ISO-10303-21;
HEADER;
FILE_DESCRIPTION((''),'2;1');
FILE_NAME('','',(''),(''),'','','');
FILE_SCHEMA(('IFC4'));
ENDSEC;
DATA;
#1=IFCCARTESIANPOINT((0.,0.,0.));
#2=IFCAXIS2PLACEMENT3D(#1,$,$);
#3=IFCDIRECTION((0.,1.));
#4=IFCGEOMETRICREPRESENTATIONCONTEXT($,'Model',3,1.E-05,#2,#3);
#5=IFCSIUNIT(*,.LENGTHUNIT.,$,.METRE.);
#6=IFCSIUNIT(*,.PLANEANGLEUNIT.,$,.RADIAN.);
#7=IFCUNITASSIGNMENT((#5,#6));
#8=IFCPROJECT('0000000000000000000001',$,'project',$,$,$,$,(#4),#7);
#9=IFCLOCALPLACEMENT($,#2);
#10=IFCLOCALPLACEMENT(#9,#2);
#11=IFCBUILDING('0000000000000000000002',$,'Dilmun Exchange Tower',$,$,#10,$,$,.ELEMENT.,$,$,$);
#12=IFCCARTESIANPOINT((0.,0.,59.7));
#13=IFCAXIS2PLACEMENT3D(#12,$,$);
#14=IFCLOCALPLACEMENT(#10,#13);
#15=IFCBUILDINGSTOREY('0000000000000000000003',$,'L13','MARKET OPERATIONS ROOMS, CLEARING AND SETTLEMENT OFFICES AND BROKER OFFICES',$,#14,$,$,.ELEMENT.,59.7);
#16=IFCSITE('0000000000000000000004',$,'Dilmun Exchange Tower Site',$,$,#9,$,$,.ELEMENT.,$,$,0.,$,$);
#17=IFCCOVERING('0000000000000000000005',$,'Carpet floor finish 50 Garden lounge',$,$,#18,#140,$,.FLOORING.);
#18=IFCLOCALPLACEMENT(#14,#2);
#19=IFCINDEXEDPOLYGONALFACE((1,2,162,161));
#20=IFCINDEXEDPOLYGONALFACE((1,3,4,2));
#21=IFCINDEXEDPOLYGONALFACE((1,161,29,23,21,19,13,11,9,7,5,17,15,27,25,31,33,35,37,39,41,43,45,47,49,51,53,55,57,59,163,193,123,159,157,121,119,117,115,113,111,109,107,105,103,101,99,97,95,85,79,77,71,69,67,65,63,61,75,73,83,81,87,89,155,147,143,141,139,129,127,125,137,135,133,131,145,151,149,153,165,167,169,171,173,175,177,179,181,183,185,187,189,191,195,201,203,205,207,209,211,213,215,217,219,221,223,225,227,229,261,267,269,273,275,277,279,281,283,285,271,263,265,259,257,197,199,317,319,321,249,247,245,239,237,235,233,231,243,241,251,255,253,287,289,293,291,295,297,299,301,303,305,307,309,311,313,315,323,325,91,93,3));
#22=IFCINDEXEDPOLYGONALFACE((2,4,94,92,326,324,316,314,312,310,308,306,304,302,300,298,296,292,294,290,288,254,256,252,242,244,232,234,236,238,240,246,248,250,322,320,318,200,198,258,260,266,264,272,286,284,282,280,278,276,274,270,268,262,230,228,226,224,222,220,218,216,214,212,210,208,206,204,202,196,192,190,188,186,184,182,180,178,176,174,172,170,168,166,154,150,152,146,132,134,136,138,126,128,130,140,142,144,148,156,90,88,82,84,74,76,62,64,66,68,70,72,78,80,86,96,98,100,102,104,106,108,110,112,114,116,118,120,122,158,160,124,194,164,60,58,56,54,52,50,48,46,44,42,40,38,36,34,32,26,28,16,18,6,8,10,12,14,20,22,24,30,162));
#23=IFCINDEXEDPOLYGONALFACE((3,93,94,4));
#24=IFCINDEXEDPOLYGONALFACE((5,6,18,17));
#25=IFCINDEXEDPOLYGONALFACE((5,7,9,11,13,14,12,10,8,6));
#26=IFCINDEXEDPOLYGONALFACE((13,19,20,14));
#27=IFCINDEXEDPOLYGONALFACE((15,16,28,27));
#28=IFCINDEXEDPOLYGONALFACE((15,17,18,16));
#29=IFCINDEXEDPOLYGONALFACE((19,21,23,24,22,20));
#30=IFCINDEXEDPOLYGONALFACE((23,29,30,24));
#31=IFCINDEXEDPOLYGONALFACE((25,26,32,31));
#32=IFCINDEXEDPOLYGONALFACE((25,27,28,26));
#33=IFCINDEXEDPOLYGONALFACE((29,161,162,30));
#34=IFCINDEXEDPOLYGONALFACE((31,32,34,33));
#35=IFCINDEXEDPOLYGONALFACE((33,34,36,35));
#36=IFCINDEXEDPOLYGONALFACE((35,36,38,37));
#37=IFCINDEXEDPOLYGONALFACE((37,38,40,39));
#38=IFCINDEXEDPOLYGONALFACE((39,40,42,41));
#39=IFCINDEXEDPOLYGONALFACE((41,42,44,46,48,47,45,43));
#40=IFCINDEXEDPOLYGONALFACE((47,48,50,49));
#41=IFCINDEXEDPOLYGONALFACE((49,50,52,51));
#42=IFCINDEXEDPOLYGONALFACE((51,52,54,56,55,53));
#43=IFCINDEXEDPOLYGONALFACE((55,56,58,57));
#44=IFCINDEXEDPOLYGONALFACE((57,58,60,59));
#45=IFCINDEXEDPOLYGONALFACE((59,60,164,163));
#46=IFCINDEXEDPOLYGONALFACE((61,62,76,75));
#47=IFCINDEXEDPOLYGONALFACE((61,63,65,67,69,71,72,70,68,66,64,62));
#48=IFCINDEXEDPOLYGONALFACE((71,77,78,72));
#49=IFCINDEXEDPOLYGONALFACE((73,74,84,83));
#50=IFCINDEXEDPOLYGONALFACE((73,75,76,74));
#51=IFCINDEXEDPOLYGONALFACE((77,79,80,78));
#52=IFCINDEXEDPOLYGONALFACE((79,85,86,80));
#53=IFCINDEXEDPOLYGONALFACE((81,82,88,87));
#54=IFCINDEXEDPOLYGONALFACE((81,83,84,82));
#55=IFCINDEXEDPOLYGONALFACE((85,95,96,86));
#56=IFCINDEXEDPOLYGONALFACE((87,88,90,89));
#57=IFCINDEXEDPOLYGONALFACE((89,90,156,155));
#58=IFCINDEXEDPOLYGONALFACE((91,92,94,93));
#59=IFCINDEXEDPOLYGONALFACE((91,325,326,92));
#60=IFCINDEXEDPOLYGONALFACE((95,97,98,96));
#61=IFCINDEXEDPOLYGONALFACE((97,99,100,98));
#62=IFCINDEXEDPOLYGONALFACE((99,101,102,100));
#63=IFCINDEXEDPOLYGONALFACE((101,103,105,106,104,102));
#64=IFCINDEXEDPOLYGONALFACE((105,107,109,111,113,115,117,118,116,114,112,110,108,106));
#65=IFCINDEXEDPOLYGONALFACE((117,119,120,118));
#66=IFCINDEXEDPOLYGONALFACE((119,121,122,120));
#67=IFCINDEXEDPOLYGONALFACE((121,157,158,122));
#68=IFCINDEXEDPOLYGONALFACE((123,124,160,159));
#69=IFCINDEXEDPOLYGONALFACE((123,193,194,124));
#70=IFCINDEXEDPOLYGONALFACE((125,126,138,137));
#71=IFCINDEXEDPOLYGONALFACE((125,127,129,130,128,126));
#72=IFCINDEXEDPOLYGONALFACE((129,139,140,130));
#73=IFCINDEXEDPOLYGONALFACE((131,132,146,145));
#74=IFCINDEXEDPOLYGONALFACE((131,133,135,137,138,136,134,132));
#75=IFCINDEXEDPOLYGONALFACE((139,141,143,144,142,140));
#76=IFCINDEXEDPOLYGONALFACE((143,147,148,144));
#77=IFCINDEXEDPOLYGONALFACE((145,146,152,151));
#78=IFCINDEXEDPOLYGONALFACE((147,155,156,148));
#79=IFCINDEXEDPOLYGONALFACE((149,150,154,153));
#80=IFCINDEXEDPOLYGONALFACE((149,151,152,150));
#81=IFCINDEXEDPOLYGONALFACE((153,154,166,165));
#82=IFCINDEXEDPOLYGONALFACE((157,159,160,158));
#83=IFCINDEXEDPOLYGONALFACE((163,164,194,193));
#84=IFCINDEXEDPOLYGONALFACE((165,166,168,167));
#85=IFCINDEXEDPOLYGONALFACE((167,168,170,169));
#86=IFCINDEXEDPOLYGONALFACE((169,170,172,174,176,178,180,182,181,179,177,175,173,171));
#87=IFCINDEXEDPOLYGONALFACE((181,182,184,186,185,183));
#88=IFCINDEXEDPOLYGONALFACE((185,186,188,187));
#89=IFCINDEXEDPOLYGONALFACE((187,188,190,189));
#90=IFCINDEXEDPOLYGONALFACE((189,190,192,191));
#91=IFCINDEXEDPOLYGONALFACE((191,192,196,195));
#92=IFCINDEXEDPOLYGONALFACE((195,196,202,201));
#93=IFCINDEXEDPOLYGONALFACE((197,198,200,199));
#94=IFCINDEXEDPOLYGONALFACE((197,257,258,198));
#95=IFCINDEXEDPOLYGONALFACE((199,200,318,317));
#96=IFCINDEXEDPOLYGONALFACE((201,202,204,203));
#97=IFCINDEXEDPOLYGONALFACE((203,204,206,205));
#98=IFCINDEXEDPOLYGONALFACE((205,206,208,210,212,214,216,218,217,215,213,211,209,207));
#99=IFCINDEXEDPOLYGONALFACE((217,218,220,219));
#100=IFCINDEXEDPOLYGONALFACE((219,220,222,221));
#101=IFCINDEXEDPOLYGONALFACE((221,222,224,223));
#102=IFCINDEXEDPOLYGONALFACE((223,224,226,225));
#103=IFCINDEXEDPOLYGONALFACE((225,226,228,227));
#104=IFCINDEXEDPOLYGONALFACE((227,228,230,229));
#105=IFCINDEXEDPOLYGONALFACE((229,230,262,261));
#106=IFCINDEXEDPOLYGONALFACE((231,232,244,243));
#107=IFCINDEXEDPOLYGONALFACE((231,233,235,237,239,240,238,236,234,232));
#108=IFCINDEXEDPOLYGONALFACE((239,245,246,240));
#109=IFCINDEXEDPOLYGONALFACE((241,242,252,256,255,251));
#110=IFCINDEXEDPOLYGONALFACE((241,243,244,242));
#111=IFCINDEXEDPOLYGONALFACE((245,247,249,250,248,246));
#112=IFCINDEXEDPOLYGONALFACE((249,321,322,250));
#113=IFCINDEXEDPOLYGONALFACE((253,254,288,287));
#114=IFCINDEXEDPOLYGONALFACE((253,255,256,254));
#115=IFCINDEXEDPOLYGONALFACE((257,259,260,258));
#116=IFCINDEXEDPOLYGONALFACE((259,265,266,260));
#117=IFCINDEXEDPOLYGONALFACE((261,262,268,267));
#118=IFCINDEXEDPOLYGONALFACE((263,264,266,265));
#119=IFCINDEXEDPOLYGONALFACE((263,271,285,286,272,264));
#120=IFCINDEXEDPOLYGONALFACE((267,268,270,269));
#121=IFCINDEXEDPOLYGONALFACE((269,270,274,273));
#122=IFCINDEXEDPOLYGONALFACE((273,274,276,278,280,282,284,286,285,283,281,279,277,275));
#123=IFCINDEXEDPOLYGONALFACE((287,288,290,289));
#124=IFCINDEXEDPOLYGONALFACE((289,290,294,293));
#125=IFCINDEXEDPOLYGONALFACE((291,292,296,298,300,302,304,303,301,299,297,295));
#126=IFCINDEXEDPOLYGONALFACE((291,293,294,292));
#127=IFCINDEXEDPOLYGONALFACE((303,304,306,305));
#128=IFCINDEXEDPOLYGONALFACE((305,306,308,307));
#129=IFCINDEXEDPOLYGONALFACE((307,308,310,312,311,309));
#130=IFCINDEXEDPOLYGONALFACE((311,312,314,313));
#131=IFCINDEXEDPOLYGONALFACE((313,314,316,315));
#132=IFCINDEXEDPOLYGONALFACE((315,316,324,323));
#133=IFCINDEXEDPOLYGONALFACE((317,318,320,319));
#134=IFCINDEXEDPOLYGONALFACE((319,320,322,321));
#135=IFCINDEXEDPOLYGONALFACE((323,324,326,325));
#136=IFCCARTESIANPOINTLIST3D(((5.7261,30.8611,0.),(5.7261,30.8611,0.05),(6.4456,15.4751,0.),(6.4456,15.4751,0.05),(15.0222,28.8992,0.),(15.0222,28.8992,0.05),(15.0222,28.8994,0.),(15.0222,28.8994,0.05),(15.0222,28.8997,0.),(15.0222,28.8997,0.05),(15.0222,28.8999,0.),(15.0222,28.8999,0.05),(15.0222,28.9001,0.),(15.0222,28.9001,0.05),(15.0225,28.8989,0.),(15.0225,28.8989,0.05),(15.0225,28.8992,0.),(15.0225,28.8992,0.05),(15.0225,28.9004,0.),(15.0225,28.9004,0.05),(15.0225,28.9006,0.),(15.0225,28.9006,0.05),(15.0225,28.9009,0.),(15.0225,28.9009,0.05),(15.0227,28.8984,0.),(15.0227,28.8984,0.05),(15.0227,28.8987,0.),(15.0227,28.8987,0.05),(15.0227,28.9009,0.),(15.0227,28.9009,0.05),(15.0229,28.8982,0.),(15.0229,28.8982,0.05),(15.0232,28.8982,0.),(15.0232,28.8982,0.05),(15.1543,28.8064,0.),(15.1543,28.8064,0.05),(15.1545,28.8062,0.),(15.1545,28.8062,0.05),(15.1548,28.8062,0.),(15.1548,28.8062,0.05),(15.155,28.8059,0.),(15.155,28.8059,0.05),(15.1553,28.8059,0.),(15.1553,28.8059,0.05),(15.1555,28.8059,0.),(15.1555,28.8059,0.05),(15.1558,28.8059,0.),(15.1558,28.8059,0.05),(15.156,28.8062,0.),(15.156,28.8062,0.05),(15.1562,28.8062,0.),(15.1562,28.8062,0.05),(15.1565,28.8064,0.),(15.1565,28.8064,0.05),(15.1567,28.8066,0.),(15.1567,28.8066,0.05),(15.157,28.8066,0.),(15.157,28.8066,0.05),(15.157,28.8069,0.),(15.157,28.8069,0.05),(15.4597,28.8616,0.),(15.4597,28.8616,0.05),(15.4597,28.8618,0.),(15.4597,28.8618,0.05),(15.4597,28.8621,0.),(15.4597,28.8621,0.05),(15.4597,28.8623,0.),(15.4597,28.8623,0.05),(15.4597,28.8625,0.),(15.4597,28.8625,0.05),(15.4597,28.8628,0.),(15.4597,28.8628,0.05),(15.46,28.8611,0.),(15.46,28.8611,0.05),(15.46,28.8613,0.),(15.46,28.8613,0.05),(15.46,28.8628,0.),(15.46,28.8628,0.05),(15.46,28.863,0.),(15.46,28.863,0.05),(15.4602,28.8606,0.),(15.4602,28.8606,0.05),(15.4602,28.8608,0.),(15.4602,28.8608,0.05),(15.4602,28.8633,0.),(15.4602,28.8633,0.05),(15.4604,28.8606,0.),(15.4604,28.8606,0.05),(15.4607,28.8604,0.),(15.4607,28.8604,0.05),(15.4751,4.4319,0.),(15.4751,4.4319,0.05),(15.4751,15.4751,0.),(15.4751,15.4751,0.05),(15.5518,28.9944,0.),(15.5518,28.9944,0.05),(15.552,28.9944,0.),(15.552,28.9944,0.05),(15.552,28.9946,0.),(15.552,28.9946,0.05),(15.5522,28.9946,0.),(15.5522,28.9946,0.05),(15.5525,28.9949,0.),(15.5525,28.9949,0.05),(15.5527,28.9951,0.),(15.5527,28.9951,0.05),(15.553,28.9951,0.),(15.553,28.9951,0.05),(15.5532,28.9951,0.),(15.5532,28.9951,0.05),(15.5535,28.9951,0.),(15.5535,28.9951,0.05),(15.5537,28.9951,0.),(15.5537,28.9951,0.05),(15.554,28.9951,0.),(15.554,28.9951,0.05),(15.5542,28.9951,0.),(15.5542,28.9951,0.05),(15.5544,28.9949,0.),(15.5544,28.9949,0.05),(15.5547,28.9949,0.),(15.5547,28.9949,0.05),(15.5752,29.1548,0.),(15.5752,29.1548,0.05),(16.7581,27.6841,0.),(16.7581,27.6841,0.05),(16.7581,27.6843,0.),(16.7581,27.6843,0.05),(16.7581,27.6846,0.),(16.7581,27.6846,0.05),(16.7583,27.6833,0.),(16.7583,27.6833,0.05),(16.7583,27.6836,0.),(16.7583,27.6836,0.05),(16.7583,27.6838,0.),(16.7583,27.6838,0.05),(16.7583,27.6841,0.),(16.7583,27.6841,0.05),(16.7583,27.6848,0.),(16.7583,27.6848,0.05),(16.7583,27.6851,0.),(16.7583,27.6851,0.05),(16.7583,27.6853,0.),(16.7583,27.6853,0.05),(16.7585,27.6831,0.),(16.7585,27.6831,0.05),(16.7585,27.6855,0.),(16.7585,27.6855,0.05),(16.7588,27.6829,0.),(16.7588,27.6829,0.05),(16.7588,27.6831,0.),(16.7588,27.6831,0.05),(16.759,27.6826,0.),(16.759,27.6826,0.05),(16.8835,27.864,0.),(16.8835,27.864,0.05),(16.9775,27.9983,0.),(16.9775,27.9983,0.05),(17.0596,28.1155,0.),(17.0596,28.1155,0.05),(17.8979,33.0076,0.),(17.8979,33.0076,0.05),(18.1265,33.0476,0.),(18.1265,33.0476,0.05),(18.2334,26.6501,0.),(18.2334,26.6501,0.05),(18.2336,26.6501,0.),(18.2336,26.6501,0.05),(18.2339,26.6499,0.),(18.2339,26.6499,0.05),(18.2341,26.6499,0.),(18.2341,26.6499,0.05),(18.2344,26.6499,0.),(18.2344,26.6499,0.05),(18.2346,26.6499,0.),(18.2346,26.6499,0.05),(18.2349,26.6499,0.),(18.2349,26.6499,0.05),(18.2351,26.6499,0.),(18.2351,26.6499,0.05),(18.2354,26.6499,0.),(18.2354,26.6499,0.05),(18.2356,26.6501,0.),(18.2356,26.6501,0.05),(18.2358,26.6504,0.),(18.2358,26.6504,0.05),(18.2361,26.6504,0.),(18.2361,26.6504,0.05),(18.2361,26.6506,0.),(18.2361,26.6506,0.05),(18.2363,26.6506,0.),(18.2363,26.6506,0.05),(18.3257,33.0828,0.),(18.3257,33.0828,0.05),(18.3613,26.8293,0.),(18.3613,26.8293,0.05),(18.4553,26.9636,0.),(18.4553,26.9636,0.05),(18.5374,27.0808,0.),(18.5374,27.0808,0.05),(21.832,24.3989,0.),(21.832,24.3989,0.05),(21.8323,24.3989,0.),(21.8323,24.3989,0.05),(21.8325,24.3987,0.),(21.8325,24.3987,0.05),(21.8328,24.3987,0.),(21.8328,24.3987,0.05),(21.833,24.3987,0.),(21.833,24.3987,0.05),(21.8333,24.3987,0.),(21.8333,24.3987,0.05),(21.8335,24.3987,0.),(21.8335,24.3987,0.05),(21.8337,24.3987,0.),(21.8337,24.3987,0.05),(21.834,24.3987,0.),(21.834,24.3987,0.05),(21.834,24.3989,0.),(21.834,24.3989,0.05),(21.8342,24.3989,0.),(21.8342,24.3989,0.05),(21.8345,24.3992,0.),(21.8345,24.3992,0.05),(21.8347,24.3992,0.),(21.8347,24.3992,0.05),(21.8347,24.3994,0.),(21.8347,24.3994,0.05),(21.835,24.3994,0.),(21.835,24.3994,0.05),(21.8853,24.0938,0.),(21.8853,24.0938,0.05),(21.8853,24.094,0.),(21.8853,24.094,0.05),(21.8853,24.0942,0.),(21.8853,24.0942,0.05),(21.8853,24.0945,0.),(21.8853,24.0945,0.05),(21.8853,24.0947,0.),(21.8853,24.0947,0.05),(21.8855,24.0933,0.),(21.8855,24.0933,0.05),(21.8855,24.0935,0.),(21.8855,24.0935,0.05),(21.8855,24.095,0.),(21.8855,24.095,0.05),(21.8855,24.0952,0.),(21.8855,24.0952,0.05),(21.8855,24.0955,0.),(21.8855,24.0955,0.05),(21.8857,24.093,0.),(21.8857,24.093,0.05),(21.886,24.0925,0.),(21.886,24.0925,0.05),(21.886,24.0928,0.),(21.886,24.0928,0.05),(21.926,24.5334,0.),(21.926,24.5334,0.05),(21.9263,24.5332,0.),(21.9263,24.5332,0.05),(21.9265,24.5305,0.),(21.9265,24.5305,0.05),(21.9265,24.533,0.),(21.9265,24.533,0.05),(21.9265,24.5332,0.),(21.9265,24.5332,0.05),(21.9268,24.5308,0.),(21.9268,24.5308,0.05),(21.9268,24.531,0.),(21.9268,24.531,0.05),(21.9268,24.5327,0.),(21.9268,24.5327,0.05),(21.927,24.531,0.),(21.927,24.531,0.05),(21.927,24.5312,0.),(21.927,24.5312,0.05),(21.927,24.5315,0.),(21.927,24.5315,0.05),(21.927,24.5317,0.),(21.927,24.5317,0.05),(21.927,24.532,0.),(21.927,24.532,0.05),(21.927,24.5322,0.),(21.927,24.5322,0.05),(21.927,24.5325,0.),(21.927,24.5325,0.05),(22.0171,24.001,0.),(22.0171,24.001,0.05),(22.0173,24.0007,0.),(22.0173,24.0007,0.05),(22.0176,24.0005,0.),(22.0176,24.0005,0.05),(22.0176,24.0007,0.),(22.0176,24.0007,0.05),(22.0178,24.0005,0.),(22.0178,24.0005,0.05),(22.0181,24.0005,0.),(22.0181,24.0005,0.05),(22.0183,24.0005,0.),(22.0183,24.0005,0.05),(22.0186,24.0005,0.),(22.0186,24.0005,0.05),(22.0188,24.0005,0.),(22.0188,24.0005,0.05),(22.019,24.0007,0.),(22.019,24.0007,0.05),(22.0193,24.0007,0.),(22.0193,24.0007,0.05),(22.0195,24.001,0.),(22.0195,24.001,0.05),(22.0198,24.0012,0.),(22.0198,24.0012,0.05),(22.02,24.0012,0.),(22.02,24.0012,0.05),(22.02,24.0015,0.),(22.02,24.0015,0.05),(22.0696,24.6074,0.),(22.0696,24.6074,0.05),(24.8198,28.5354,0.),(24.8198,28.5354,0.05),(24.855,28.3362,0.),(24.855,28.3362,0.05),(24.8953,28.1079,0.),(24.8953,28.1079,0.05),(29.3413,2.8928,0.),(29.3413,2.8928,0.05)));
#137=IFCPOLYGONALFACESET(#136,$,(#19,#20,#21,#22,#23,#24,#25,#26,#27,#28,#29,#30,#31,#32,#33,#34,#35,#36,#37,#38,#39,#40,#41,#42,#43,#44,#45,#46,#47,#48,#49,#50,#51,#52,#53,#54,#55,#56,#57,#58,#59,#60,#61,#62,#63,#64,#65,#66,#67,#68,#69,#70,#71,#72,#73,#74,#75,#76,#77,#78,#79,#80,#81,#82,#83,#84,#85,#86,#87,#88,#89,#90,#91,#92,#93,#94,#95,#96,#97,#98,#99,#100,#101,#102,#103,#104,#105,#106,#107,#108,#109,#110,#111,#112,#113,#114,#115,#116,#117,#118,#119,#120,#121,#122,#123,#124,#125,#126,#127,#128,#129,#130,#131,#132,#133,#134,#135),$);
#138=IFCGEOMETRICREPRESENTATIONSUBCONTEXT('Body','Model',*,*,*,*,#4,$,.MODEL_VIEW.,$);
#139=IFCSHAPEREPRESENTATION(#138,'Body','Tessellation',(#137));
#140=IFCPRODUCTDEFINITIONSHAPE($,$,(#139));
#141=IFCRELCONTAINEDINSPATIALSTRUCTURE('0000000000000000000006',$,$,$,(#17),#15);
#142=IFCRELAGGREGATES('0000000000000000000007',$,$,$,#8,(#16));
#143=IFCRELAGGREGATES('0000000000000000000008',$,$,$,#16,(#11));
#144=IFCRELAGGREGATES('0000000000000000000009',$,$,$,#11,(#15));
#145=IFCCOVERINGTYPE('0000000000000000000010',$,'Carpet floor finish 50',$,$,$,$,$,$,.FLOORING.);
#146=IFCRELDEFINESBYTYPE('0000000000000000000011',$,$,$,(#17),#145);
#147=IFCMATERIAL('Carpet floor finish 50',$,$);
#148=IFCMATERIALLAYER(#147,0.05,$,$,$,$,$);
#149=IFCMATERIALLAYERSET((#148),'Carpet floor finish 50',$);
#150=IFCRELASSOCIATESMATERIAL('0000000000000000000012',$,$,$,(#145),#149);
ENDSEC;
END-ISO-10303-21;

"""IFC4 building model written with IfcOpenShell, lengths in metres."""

from ifc_helpers import new_model, si_unit, direction, frame, origin, place, context, subcontext, project, spatial, polyline, outline, extrude, material, layer, layer_set, type_object, element, save


model = new_model("IFC4")

# Units and contexts
model_context = context("Model", 3, precision=1e-05, world=origin(), true_north=direction((0.0, 1.0)))
body_context = subcontext(model_context, "Body", "Model", "MODEL_VIEW")
ifc_project = project(units=[si_unit("LENGTHUNIT", "METRE"), si_unit("PLANEANGLEUNIT", "RADIAN")], contexts=[model_context])

# Site, building, storey
site_placement = place(None, origin())
site = spatial("IfcSite", under=ifc_project, at=site_placement, Name="Dilmun Exchange Tower Site", CompositionType="ELEMENT", RefElevation=0.0)
building_placement = place(site_placement, origin())
building = spatial("IfcBuilding", under=site, at=building_placement, Name="Dilmun Exchange Tower", CompositionType="ELEMENT")
storey_placement = place(building_placement, frame((0.0, 0.0, 59.7)))
storey = spatial("IfcBuildingStorey", under=building, at=storey_placement, Name="L13", Description="MARKET OPERATIONS ROOMS, CLEARING AND SETTLEMENT OFFICES AND BROKER OFFICES", CompositionType="ELEMENT", Elevation=59.7)

# Covering
ifc_material_1 = material(Name="Carpet floor finish 50")
ifc_layer_1 = layer(ifc_material_1, 0.05)
ifc_layer_set_1 = layer_set([ifc_layer_1], Name="Carpet floor finish 50")
covering_type_1 = type_object("IfcCoveringType", Name="Carpet floor finish 50", PredefinedType="FLOORING", material=ifc_layer_set_1)
covering_1_placement = place(storey_placement, origin())
element("IfcCovering", 1, at=covering_1_placement, inside=storey, type_object=covering_type_1, Name="Carpet floor finish 50 Garden lounge", PredefinedType="FLOORING", context=body_context, shape_type="SweptSolid", body=[
    extrude(outline(polyline([(15.5752, 29.1548), (17.0596, 28.1155), (16.9775, 27.9983), (15.5547, 28.9949), (15.5544, 28.9949), (15.5542, 28.9951), (15.5542, 28.9951), (15.554, 28.9951), (15.5537, 28.9951), (15.5535, 28.9951), (15.5532, 28.9951), (15.553, 28.9951), (15.553, 28.9951), (15.5527, 28.9951), (15.5525, 28.9949), (15.5525, 28.9949), (15.5522, 28.9946), (15.552, 28.9946), (15.552, 28.9944), (15.5518, 28.9944), (15.4602, 28.8633), (15.46, 28.863), (15.46, 28.8628), (15.4597, 28.8628), (15.4597, 28.8625), (15.4597, 28.8623), (15.4597, 28.8621), (15.4597, 28.8618), (15.4597, 28.8618), (15.4597, 28.8616), (15.46, 28.8613), (15.46, 28.8611), (15.46, 28.8611), (15.4602, 28.8608), (15.4602, 28.8606), (15.4604, 28.8606), (15.4607, 28.8604), (16.8835, 27.864), (16.7585, 27.6855), (16.7583, 27.6853), (16.7583, 27.6853), (16.7583, 27.6851), (16.7583, 27.6848), (16.7581, 27.6846), (16.7581, 27.6843), (16.7581, 27.6841), (16.7583, 27.6841), (16.7583, 27.6838), (16.7583, 27.6836), (16.7583, 27.6836), (16.7583, 27.6833), (16.7585, 27.6831), (16.7588, 27.6831), (16.7588, 27.6829), (16.759, 27.6826), (18.2334, 26.6501), (18.2336, 26.6501), (18.2339, 26.6499), (18.2339, 26.6499), (18.2341, 26.6499), (18.2344, 26.6499), (18.2346, 26.6499), (18.2349, 26.6499), (18.2351, 26.6499), (18.2351, 26.6499), (18.2354, 26.6499), (18.2356, 26.6501), (18.2356, 26.6501), (18.2358, 26.6504), (18.2361, 26.6504), (18.2361, 26.6506), (18.2363, 26.6506), (18.3613, 26.8293), (21.832, 24.3989), (21.8323, 24.3989), (21.8325, 24.3987), (21.8325, 24.3987), (21.8328, 24.3987), (21.833, 24.3987), (21.8333, 24.3987), (21.8335, 24.3987), (21.8335, 24.3987), (21.8337, 24.3987), (21.834, 24.3987), (21.834, 24.3989), (21.8342, 24.3989), (21.8345, 24.3992), (21.8347, 24.3992), (21.8347, 24.3994), (21.835, 24.3994), (21.9265, 24.5305), (21.9268, 24.5308), (21.9268, 24.531), (21.927, 24.531), (21.927, 24.5312), (21.927, 24.5315), (21.927, 24.5317), (21.927, 24.532), (21.927, 24.532), (21.927, 24.5322), (21.927, 24.5325), (21.9268, 24.5327), (21.9268, 24.5327), (21.9265, 24.533), (21.9265, 24.5332), (21.9263, 24.5332), (21.926, 24.5334), (18.4553, 26.9636), (18.5374, 27.0808), (22.0696, 24.6074), (24.8198, 28.5354), (24.855, 28.3362), (21.8855, 24.0955), (21.8855, 24.0952), (21.8855, 24.0952), (21.8855, 24.095), (21.8853, 24.0947), (21.8853, 24.0945), (21.8853, 24.0942), (21.8853, 24.094), (21.8853, 24.094), (21.8853, 24.0938), (21.8855, 24.0935), (21.8855, 24.0935), (21.8855, 24.0933), (21.8857, 24.093), (21.8857, 24.093), (21.886, 24.0928), (21.886, 24.0925), (22.0171, 24.001), (22.0173, 24.0007), (22.0176, 24.0007), (22.0176, 24.0005), (22.0178, 24.0005), (22.0181, 24.0005), (22.0183, 24.0005), (22.0186, 24.0005), (22.0188, 24.0005), (22.0188, 24.0005), (22.019, 24.0007), (22.0193, 24.0007), (22.0193, 24.0007), (22.0195, 24.001), (22.0198, 24.0012), (22.02, 24.0012), (22.02, 24.0015), (24.8953, 28.1079), (29.3413, 2.8928), (15.4751, 4.4319), (15.4751, 15.4751), (6.4456, 15.4751), (5.7261, 30.8611), (17.8979, 33.0076), (15.0227, 28.9009), (15.0225, 28.9009), (15.0225, 28.9006), (15.0225, 28.9004), (15.0222, 28.9001), (15.0222, 28.8999), (15.0222, 28.8999), (15.0222, 28.8997), (15.0222, 28.8994), (15.0222, 28.8992), (15.0225, 28.8992), (15.0225, 28.8989), (15.0227, 28.8987), (15.0227, 28.8987), (15.0227, 28.8984), (15.0229, 28.8982), (15.0232, 28.8982), (15.1543, 28.8064), (15.1543, 28.8064), (15.1545, 28.8062), (15.1548, 28.8062), (15.1548, 28.8062), (15.155, 28.8059), (15.1553, 28.8059), (15.1555, 28.8059), (15.1558, 28.8059), (15.156, 28.8062), (15.156, 28.8062), (15.1562, 28.8062), (15.1565, 28.8064), (15.1565, 28.8064), (15.1567, 28.8066), (15.157, 28.8066), (15.157, 28.8069), (18.1265, 33.0476), (18.3257, 33.0828), (15.5752, 29.1548)])), origin(), (0.0, 0.0, 1.0), 0.05),
])

save(model, "model.ifc")
